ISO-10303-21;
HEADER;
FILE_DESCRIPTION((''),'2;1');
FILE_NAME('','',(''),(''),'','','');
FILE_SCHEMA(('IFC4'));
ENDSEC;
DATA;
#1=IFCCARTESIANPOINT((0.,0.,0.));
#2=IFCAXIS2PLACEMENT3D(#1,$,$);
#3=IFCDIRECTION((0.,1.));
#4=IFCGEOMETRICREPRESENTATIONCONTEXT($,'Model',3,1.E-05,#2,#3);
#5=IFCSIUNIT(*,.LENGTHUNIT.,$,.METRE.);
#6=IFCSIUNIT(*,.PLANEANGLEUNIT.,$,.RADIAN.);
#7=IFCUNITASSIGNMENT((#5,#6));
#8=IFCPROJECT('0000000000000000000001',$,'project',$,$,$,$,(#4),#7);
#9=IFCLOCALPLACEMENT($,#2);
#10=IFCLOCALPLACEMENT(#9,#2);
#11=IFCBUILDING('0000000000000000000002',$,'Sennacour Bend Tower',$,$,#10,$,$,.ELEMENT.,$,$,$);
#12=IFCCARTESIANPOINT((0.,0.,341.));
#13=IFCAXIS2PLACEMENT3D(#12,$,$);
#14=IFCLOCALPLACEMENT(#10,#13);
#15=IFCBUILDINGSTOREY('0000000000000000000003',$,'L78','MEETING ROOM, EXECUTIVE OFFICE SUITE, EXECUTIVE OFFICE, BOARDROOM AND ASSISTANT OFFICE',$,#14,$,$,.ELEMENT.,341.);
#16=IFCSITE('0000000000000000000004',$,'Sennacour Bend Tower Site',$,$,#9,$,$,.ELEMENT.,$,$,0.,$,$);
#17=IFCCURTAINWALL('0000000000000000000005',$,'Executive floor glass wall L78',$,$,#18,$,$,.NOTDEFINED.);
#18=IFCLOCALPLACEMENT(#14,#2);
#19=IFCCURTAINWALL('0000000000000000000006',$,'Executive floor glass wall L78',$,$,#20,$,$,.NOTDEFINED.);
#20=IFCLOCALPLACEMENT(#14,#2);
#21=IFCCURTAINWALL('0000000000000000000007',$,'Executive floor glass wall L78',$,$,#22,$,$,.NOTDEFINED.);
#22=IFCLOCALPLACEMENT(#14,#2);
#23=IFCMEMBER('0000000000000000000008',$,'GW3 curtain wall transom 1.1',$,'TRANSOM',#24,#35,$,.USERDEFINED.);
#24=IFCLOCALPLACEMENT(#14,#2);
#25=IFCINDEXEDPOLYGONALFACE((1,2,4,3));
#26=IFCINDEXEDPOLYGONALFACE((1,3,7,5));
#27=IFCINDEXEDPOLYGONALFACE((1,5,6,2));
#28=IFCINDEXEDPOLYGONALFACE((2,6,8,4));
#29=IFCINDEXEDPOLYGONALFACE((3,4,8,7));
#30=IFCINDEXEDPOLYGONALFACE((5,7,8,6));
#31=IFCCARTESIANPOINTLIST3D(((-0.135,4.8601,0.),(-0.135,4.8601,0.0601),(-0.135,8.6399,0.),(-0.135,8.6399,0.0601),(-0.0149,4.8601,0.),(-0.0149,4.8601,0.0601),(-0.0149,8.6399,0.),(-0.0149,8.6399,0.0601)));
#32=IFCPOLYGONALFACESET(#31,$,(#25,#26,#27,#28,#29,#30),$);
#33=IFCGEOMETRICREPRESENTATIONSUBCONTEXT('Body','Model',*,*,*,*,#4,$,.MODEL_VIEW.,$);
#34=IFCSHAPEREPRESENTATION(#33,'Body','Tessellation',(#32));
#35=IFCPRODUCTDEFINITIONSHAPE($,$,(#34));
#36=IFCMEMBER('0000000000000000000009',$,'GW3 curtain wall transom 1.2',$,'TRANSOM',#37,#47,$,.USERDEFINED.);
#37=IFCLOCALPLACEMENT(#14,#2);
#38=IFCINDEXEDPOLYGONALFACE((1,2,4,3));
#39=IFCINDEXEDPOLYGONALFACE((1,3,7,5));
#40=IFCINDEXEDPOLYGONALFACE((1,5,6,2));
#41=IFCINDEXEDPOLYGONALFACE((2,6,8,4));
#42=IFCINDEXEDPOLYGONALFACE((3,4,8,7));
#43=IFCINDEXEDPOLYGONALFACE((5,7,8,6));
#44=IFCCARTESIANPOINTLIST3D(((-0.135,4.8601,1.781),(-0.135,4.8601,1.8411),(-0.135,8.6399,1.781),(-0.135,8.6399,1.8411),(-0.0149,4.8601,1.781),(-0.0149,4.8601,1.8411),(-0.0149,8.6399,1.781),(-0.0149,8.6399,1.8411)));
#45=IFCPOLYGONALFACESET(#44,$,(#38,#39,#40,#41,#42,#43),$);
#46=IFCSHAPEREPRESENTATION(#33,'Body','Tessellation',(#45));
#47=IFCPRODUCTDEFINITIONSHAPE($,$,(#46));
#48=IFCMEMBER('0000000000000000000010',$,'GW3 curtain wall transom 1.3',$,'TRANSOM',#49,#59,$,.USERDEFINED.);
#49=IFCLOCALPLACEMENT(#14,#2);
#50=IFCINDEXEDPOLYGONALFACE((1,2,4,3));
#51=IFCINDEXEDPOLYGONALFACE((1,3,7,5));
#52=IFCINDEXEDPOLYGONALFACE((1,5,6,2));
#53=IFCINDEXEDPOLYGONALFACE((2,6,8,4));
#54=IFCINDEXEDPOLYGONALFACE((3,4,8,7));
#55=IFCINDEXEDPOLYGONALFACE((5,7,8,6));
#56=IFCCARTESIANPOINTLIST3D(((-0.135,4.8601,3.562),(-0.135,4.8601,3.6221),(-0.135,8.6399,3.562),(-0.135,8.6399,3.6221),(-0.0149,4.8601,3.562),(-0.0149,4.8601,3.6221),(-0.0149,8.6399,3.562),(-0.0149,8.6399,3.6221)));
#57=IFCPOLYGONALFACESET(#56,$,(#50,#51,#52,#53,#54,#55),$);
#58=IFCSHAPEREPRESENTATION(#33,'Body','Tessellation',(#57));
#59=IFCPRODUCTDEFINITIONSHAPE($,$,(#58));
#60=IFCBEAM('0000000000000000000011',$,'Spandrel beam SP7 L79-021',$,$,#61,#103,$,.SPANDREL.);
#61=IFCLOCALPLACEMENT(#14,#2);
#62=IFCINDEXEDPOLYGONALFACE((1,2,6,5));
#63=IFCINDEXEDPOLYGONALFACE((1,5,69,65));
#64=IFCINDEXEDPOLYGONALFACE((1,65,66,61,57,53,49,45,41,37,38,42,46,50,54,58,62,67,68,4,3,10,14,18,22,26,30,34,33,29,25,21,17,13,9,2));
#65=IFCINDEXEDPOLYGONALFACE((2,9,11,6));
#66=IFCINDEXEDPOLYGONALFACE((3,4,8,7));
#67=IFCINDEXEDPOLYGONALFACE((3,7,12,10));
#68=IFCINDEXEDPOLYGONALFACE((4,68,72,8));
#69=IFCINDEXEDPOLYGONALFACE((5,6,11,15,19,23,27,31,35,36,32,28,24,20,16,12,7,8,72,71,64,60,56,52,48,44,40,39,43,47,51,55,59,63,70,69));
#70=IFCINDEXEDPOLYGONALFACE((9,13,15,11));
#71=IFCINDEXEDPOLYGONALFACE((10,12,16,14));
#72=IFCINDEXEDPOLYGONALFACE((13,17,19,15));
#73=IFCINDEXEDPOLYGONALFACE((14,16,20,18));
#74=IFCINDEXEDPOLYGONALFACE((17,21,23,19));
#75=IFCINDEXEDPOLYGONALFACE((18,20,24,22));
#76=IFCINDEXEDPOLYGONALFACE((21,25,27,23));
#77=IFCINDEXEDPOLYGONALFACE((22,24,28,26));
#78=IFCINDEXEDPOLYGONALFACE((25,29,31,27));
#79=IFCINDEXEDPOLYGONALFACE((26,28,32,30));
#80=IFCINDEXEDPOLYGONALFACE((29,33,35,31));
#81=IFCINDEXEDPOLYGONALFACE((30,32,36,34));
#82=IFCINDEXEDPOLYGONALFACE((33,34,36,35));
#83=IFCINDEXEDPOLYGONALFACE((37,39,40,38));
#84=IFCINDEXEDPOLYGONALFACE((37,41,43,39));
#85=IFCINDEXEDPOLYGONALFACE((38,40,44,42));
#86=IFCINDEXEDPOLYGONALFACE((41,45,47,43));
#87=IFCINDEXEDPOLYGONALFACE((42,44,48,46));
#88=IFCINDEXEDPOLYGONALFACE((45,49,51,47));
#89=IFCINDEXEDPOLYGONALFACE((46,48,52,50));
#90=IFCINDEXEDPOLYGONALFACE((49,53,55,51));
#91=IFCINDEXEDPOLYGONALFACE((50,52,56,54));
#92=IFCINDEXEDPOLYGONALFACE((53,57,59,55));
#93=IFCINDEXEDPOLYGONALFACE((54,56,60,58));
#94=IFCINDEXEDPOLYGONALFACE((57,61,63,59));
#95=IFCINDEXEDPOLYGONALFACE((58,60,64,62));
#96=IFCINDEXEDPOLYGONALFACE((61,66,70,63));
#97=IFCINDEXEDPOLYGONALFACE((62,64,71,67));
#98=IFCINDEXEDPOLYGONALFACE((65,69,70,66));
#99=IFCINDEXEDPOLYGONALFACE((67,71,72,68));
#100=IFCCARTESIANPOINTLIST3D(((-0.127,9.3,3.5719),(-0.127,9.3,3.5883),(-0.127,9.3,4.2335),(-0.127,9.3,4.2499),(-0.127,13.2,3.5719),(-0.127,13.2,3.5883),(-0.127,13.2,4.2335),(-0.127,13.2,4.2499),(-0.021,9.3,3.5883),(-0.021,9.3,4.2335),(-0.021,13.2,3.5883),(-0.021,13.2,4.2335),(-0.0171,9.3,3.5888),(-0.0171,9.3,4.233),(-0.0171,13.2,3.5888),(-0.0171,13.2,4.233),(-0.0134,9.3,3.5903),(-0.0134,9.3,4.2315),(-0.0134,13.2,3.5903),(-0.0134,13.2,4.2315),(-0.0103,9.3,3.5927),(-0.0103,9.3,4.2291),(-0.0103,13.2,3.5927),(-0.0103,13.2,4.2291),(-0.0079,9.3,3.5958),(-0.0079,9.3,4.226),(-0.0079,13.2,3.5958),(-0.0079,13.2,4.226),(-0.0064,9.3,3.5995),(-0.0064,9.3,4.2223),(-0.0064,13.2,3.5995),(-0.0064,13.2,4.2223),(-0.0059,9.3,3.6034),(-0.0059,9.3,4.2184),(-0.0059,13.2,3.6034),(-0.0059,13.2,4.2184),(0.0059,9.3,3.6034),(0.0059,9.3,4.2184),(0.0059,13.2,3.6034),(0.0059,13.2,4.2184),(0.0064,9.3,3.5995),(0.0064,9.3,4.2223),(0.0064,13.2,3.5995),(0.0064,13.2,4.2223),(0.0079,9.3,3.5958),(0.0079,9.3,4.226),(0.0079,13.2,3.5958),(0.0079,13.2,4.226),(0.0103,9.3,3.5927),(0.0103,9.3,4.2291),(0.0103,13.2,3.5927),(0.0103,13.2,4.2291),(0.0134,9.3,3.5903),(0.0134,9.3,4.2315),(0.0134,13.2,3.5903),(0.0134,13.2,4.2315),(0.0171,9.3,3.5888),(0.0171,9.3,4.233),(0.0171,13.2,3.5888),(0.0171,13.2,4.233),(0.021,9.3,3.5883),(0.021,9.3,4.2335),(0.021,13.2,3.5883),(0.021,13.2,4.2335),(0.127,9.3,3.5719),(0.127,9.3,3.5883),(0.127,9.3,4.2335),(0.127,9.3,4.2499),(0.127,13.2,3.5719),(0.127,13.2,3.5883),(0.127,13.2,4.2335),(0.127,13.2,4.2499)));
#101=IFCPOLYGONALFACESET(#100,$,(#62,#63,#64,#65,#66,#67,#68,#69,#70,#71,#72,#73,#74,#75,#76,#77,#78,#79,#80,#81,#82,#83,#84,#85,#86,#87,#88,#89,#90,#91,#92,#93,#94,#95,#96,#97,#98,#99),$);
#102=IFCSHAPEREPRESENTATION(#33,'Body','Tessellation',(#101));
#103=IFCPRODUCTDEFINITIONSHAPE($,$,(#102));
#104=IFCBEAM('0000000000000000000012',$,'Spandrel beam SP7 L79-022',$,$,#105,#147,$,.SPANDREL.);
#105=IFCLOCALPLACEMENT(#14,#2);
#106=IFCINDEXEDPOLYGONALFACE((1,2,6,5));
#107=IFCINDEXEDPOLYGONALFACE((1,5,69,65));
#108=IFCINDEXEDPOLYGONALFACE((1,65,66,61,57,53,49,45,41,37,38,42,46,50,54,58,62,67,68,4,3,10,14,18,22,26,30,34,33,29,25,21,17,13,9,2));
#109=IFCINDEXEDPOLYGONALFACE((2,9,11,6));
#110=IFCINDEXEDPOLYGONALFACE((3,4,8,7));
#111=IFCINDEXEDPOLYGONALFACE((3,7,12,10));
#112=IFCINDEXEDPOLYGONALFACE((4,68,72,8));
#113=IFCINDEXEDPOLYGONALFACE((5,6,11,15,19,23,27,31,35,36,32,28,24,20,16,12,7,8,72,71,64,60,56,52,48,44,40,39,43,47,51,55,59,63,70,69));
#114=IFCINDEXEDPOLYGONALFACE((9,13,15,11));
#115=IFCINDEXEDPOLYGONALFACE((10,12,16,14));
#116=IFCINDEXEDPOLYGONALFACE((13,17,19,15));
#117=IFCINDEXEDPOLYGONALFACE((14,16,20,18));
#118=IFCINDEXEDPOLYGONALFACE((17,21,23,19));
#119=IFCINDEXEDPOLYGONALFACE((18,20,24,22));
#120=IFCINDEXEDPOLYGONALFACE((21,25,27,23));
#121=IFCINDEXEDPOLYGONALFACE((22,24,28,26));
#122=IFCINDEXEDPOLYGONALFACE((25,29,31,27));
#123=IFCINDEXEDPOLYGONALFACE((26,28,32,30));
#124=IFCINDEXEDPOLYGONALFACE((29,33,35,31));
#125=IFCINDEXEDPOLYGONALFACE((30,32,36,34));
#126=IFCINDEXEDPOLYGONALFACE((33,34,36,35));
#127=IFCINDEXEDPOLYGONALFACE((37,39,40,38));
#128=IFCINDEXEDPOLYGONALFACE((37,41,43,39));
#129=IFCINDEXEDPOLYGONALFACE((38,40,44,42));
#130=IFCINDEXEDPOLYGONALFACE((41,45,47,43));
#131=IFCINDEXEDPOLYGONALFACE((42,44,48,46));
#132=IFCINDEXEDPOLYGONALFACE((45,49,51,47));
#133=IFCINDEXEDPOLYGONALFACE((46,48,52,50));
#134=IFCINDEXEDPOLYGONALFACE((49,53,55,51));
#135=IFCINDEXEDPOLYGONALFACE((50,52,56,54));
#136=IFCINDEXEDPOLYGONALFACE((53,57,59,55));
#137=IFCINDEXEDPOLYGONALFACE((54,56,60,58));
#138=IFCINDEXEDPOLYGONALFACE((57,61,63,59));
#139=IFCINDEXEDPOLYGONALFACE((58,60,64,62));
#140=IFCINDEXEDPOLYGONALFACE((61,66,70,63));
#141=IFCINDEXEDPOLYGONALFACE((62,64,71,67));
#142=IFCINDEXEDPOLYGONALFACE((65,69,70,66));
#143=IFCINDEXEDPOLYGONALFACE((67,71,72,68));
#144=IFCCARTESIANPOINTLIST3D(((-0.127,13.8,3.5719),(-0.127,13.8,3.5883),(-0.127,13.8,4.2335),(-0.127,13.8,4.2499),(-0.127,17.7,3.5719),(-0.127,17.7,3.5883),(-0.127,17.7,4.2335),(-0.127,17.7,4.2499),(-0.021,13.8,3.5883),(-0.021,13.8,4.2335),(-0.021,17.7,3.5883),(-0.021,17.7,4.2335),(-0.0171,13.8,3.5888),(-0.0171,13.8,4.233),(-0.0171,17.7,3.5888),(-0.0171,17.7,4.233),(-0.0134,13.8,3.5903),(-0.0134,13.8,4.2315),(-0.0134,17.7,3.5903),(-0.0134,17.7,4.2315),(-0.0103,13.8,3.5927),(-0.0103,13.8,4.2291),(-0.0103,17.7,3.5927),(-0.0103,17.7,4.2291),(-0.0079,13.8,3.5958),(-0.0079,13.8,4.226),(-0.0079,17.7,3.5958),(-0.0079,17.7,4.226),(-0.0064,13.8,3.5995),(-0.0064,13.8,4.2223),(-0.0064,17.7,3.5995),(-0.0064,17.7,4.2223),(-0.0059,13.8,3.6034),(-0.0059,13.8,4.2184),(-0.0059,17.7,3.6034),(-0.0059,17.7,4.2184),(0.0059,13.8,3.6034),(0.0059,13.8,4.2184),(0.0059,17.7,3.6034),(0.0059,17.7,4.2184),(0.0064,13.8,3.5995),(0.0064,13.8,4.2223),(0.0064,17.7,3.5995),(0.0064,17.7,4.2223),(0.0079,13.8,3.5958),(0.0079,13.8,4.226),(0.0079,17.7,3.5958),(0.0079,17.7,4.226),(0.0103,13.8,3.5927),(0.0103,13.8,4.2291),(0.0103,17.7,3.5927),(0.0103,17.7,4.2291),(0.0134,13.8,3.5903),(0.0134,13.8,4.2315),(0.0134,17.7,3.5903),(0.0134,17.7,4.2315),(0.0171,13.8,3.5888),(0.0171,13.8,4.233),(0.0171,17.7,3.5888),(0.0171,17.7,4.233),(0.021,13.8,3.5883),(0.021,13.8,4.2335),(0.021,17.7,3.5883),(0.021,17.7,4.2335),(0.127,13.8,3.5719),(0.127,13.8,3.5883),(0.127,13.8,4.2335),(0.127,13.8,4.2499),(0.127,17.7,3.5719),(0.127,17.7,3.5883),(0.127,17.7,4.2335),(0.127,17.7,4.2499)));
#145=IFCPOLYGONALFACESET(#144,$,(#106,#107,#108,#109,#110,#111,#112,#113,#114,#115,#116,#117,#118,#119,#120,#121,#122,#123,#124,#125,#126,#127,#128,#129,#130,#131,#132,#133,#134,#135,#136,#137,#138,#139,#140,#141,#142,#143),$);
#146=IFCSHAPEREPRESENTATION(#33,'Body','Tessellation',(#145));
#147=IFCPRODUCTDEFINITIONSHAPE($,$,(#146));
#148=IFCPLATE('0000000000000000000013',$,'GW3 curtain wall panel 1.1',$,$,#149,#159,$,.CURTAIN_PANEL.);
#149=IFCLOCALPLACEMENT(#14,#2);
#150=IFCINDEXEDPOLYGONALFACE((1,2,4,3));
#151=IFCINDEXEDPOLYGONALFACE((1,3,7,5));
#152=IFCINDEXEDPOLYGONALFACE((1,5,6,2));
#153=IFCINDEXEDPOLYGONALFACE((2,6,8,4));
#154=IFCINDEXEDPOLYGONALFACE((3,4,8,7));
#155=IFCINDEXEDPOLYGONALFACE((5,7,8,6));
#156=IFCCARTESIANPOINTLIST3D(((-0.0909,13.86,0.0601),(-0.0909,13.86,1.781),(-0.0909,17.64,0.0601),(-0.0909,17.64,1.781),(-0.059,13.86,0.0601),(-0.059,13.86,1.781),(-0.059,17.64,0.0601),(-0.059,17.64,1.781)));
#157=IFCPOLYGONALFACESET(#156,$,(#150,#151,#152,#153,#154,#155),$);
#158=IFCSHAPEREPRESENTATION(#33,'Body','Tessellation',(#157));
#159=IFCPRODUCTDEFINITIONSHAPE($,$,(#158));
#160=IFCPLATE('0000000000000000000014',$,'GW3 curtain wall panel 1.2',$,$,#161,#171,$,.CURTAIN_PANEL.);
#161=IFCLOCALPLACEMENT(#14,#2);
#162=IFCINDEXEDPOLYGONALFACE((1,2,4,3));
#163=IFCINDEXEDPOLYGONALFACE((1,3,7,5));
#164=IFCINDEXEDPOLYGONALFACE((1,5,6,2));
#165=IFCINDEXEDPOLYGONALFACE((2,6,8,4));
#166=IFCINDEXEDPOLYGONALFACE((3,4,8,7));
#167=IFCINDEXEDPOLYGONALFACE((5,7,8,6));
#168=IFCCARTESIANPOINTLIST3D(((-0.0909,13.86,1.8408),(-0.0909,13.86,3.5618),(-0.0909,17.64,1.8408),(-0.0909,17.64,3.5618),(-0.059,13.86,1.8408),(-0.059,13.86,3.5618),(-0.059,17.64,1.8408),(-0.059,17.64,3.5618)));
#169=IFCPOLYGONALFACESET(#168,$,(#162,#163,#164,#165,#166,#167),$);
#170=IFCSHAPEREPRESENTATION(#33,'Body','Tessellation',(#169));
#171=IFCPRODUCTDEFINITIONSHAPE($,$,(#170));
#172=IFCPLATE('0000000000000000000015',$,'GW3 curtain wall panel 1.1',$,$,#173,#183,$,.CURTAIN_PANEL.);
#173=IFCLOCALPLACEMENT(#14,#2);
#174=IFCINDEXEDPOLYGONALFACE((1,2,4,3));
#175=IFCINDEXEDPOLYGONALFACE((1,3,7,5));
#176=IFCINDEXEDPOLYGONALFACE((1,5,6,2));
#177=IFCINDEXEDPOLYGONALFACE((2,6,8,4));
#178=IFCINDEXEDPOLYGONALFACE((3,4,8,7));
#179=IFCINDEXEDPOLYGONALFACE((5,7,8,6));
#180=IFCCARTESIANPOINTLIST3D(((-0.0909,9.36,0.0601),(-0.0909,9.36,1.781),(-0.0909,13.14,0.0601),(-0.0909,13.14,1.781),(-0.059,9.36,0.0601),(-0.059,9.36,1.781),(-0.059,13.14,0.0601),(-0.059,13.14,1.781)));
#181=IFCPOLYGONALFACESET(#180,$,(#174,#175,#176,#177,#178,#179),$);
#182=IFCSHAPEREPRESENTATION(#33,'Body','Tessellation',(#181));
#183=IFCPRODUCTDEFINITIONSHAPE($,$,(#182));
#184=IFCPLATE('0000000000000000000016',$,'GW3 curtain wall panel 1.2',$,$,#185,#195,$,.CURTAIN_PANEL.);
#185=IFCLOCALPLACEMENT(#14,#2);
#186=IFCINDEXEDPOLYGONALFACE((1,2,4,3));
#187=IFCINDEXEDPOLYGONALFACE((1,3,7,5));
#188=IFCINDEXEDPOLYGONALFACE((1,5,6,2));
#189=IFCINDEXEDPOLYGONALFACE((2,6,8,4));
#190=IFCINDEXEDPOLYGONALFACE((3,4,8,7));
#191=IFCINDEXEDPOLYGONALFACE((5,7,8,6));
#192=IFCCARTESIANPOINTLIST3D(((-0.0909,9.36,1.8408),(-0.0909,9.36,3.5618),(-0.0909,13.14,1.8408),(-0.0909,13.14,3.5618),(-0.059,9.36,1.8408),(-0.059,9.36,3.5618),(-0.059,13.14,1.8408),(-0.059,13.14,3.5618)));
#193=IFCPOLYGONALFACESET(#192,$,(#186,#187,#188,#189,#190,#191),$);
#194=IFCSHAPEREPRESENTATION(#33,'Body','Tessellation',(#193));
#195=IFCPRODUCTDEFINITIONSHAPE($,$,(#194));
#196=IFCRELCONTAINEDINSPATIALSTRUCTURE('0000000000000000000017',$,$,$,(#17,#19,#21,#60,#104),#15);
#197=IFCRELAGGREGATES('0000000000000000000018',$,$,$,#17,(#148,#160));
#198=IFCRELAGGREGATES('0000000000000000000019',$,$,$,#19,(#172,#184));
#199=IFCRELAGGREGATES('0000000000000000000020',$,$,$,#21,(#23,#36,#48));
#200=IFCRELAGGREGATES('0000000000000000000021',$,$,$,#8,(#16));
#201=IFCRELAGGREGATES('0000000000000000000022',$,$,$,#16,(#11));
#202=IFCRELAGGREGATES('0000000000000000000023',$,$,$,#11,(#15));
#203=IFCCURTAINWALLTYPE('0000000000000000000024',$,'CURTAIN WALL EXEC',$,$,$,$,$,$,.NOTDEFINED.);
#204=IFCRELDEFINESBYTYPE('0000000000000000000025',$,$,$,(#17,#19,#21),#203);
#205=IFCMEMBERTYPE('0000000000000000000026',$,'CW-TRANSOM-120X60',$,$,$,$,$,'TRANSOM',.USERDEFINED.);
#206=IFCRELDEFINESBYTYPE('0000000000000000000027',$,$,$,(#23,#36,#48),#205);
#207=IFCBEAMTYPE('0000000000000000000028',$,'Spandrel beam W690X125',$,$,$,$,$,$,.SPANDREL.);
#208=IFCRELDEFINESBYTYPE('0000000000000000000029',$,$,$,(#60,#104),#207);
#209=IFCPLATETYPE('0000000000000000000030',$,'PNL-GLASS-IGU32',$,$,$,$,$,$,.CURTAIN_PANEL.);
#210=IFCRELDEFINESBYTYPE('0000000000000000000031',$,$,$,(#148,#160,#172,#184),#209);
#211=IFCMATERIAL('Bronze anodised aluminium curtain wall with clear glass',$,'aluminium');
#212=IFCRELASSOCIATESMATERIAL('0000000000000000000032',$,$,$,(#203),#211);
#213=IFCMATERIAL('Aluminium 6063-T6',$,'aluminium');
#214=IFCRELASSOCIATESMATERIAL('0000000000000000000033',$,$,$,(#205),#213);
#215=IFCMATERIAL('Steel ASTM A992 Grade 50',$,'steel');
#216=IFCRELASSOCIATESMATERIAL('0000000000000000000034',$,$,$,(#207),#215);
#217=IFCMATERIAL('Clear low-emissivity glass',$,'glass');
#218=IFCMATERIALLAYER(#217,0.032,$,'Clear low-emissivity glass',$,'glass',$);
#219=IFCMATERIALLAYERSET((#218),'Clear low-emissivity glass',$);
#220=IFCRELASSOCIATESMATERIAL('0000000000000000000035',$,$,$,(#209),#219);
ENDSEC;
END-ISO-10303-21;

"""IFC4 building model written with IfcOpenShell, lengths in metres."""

from ifc_helpers import new_model, si_unit, direction, frame, origin, origin_2d, place, context, subcontext, project, spatial, rectangle, i_section, extrude, material, layer, layer_set, material_profile, profile_set, type_object, element, aggregate, save


model = new_model("IFC4")

# Units and contexts
model_context = context("Model", 3, precision=1e-05, world=origin(), true_north=direction((0.0, 1.0)))
body_context = subcontext(model_context, "Body", "Model", "MODEL_VIEW")
ifc_project = project(units=[si_unit("LENGTHUNIT", "METRE"), si_unit("PLANEANGLEUNIT", "RADIAN")], contexts=[model_context])

# Site, building, storey
site_placement = place(None, origin())
site = spatial("IfcSite", under=ifc_project, at=site_placement, Name="Sennacour Bend Tower Site", CompositionType="ELEMENT", RefElevation=0.0)
building_placement = place(site_placement, origin())
building = spatial("IfcBuilding", under=site, at=building_placement, Name="Sennacour Bend Tower", CompositionType="ELEMENT")
storey_placement = place(building_placement, frame((0.0, 0.0, 341.0)))
storey = spatial("IfcBuildingStorey", under=building, at=storey_placement, Name="L78", Description="MEETING ROOM, EXECUTIVE OFFICE SUITE, EXECUTIVE OFFICE, BOARDROOM AND ASSISTANT OFFICE", CompositionType="ELEMENT", Elevation=341.0)

# Curtain walls
ifc_material_1 = material(Name="Bronze anodised aluminium curtain wall with clear glass", Category="aluminium")
curtain_wall_type = type_object("IfcCurtainWallType", Name="CURTAIN WALL EXEC", PredefinedType="NOTDEFINED", material=ifc_material_1)
curtain_wall_1_placement = place(storey_placement, origin())
curtain_wall_1 = element("IfcCurtainWall", 1, at=curtain_wall_1_placement, inside=storey, type_object=curtain_wall_type, Name="Executive floor glass wall L78", PredefinedType="NOTDEFINED")
ifc_material_2 = material(Name="Aluminium 6063-T6", Category="aluminium")
curtain_wall_2_placement = place(storey_placement, origin())
curtain_wall_2 = element("IfcCurtainWall", 2, at=curtain_wall_2_placement, inside=storey, type_object=curtain_wall_type, Name="Executive floor glass wall L78", PredefinedType="NOTDEFINED")

# Curtain wall
curtain_wall_3_placement = place(storey_placement, origin())
curtain_wall_3 = element("IfcCurtainWall", 3, at=curtain_wall_3_placement, inside=storey, type_object=curtain_wall_type, Name="Executive floor glass wall L78", PredefinedType="NOTDEFINED")

# Members
ifc_material_profile_1 = material_profile(ifc_material_2, rectangle(XDim=0.1201, YDim=0.0601, at=origin_2d()), Name="Aluminium 6063-T6", Category="aluminium")
ifc_profile_set_1 = profile_set([ifc_material_profile_1], Name="Aluminium 6063-T6")
member_type_1 = type_object("IfcMemberType", Name="CW-TRANSOM-120X60", ElementType="TRANSOM", PredefinedType="USERDEFINED", material=ifc_profile_set_1)
member_1_placement = place(storey_placement, frame((-0.075, 8.6399, 0.03), z_axis=(0.0, -1.0, 0.0), x_axis=(1.0, 0.0, 0.0)))
member_1 = element("IfcMember", 4, at=member_1_placement, type_object=member_type_1, Name="GW3 curtain wall transom 1.1", ObjectType="TRANSOM", PredefinedType="USERDEFINED", context=body_context, shape_type="SweptSolid", body=[
    extrude(rectangle(XDim=0.1201, YDim=0.0601, at=origin_2d()), origin(), (0.0, 0.0, 1.0), 3.7798),
])
member_2_placement = place(storey_placement, frame((-0.075, 8.6399, 1.811), z_axis=(0.0, -1.0, 0.0), x_axis=(1.0, 0.0, 0.0)))
member_2 = element("IfcMember", 5, at=member_2_placement, type_object=member_type_1, Name="GW3 curtain wall transom 1.2", ObjectType="TRANSOM", PredefinedType="USERDEFINED", context=body_context, shape_type="SweptSolid", body=[
    extrude(rectangle(XDim=0.1201, YDim=0.0601, at=origin_2d()), origin(), (0.0, 0.0, 1.0), 3.7798),
])
member_3_placement = place(storey_placement, frame((-0.075, 8.6399, 3.592), z_axis=(0.0, -1.0, 0.0), x_axis=(1.0, 0.0, 0.0)))
member_3 = element("IfcMember", 6, at=member_3_placement, type_object=member_type_1, Name="GW3 curtain wall transom 1.3", ObjectType="TRANSOM", PredefinedType="USERDEFINED", context=body_context, shape_type="SweptSolid", body=[
    extrude(rectangle(XDim=0.1201, YDim=0.0601, at=origin_2d()), origin(), (0.0, 0.0, 1.0), 3.7798),
])

# Beams
ifc_material_3 = material(Name="Steel ASTM A992 Grade 50", Category="steel")
ifc_material_profile_2 = material_profile(ifc_material_3, i_section(OverallWidth=0.2539, OverallDepth=0.678, WebThickness=0.0117, FlangeThickness=0.0164, FilletRadius=0.0151, at=origin_2d()), Name="Steel ASTM A992 Grade 50", Category="steel")
ifc_profile_set_2 = profile_set([ifc_material_profile_2], Name="Steel ASTM A992 Grade 50")
beam_type = type_object("IfcBeamType", Name="Spandrel beam W690X125", PredefinedType="SPANDREL", material=ifc_profile_set_2)
for number, where, z_axis, x_axis, name in (
    (7, (0.0, 9.3, 3.9109), (0.0, 1.0, 0.0), (-1.0, 0.0, 0.0), "Spandrel beam SP7 L79-021"),
    (8, (0.0, 13.8, 3.9109), (0.0, 1.0, 0.0), (-1.0, 0.0, 0.0), "Spandrel beam SP7 L79-022"),
):
    element("IfcBeam", number, at=place(storey_placement, frame(where, z_axis=z_axis, x_axis=x_axis)), inside=storey, type_object=beam_type, Name=name, PredefinedType="SPANDREL", context=body_context, shape_type="SweptSolid", body=[
        extrude(i_section(OverallWidth=0.2539, OverallDepth=0.678, WebThickness=0.0117, FlangeThickness=0.0164, FilletRadius=0.0151, at=origin_2d()), origin(), (0.0, 0.0, 1.0), 3.8999),
    ])

# Plates
ifc_material_4 = material(Name="Clear low-emissivity glass", Category="glass")
ifc_layer_1 = layer(ifc_material_4, 0.032, Name="Clear low-emissivity glass", Category="glass")
ifc_layer_set_1 = layer_set([ifc_layer_1], Name="Clear low-emissivity glass")
plate_type = type_object("IfcPlateType", Name="PNL-GLASS-IGU32", PredefinedType="CURTAIN_PANEL", material=ifc_layer_set_1)
plate_1_placement = place(storey_placement, frame((-0.075, 15.75, 0.0601), z_axis=(0.0, 0.0, 1.0), x_axis=(0.0, -1.0, 0.0)))
plate_1 = element("IfcPlate", 9, at=plate_1_placement, type_object=plate_type, Name="GW3 curtain wall panel 1.1", PredefinedType="CURTAIN_PANEL", context=body_context, shape_type="SweptSolid", body=[
    extrude(rectangle(XDim=3.78, YDim=0.032, at=origin_2d()), origin(), (0.0, 0.0, 1.0), 1.7209),
])
plate_2_placement = place(storey_placement, frame((-0.075, 15.75, 1.8408), z_axis=(0.0, 0.0, 1.0), x_axis=(0.0, -1.0, 0.0)))
plate_2 = element("IfcPlate", 10, at=plate_2_placement, type_object=plate_type, Name="GW3 curtain wall panel 1.2", PredefinedType="CURTAIN_PANEL", context=body_context, shape_type="SweptSolid", body=[
    extrude(rectangle(XDim=3.78, YDim=0.032, at=origin_2d()), origin(), (0.0, 0.0, 1.0), 1.7209),
])
aggregate(curtain_wall_1, [plate_1, plate_2])
plate_3_placement = place(storey_placement, frame((-0.075, 11.25, 0.0601), z_axis=(0.0, 0.0, 1.0), x_axis=(0.0, -1.0, 0.0)))
plate_3 = element("IfcPlate", 11, at=plate_3_placement, type_object=plate_type, Name="GW3 curtain wall panel 1.1", PredefinedType="CURTAIN_PANEL", context=body_context, shape_type="SweptSolid", body=[
    extrude(rectangle(XDim=3.78, YDim=0.032, at=origin_2d()), origin(), (0.0, 0.0, 1.0), 1.7209),
])
plate_4_placement = place(storey_placement, frame((-0.075, 11.25, 1.8408), z_axis=(0.0, 0.0, 1.0), x_axis=(0.0, -1.0, 0.0)))
plate_4 = element("IfcPlate", 12, at=plate_4_placement, type_object=plate_type, Name="GW3 curtain wall panel 1.2", PredefinedType="CURTAIN_PANEL", context=body_context, shape_type="SweptSolid", body=[
    extrude(rectangle(XDim=3.78, YDim=0.032, at=origin_2d()), origin(), (0.0, 0.0, 1.0), 1.7209),
])
aggregate(curtain_wall_2, [plate_3, plate_4])
aggregate(curtain_wall_3, [member_1, member_2, member_3])

save(model, "model.ifc")
